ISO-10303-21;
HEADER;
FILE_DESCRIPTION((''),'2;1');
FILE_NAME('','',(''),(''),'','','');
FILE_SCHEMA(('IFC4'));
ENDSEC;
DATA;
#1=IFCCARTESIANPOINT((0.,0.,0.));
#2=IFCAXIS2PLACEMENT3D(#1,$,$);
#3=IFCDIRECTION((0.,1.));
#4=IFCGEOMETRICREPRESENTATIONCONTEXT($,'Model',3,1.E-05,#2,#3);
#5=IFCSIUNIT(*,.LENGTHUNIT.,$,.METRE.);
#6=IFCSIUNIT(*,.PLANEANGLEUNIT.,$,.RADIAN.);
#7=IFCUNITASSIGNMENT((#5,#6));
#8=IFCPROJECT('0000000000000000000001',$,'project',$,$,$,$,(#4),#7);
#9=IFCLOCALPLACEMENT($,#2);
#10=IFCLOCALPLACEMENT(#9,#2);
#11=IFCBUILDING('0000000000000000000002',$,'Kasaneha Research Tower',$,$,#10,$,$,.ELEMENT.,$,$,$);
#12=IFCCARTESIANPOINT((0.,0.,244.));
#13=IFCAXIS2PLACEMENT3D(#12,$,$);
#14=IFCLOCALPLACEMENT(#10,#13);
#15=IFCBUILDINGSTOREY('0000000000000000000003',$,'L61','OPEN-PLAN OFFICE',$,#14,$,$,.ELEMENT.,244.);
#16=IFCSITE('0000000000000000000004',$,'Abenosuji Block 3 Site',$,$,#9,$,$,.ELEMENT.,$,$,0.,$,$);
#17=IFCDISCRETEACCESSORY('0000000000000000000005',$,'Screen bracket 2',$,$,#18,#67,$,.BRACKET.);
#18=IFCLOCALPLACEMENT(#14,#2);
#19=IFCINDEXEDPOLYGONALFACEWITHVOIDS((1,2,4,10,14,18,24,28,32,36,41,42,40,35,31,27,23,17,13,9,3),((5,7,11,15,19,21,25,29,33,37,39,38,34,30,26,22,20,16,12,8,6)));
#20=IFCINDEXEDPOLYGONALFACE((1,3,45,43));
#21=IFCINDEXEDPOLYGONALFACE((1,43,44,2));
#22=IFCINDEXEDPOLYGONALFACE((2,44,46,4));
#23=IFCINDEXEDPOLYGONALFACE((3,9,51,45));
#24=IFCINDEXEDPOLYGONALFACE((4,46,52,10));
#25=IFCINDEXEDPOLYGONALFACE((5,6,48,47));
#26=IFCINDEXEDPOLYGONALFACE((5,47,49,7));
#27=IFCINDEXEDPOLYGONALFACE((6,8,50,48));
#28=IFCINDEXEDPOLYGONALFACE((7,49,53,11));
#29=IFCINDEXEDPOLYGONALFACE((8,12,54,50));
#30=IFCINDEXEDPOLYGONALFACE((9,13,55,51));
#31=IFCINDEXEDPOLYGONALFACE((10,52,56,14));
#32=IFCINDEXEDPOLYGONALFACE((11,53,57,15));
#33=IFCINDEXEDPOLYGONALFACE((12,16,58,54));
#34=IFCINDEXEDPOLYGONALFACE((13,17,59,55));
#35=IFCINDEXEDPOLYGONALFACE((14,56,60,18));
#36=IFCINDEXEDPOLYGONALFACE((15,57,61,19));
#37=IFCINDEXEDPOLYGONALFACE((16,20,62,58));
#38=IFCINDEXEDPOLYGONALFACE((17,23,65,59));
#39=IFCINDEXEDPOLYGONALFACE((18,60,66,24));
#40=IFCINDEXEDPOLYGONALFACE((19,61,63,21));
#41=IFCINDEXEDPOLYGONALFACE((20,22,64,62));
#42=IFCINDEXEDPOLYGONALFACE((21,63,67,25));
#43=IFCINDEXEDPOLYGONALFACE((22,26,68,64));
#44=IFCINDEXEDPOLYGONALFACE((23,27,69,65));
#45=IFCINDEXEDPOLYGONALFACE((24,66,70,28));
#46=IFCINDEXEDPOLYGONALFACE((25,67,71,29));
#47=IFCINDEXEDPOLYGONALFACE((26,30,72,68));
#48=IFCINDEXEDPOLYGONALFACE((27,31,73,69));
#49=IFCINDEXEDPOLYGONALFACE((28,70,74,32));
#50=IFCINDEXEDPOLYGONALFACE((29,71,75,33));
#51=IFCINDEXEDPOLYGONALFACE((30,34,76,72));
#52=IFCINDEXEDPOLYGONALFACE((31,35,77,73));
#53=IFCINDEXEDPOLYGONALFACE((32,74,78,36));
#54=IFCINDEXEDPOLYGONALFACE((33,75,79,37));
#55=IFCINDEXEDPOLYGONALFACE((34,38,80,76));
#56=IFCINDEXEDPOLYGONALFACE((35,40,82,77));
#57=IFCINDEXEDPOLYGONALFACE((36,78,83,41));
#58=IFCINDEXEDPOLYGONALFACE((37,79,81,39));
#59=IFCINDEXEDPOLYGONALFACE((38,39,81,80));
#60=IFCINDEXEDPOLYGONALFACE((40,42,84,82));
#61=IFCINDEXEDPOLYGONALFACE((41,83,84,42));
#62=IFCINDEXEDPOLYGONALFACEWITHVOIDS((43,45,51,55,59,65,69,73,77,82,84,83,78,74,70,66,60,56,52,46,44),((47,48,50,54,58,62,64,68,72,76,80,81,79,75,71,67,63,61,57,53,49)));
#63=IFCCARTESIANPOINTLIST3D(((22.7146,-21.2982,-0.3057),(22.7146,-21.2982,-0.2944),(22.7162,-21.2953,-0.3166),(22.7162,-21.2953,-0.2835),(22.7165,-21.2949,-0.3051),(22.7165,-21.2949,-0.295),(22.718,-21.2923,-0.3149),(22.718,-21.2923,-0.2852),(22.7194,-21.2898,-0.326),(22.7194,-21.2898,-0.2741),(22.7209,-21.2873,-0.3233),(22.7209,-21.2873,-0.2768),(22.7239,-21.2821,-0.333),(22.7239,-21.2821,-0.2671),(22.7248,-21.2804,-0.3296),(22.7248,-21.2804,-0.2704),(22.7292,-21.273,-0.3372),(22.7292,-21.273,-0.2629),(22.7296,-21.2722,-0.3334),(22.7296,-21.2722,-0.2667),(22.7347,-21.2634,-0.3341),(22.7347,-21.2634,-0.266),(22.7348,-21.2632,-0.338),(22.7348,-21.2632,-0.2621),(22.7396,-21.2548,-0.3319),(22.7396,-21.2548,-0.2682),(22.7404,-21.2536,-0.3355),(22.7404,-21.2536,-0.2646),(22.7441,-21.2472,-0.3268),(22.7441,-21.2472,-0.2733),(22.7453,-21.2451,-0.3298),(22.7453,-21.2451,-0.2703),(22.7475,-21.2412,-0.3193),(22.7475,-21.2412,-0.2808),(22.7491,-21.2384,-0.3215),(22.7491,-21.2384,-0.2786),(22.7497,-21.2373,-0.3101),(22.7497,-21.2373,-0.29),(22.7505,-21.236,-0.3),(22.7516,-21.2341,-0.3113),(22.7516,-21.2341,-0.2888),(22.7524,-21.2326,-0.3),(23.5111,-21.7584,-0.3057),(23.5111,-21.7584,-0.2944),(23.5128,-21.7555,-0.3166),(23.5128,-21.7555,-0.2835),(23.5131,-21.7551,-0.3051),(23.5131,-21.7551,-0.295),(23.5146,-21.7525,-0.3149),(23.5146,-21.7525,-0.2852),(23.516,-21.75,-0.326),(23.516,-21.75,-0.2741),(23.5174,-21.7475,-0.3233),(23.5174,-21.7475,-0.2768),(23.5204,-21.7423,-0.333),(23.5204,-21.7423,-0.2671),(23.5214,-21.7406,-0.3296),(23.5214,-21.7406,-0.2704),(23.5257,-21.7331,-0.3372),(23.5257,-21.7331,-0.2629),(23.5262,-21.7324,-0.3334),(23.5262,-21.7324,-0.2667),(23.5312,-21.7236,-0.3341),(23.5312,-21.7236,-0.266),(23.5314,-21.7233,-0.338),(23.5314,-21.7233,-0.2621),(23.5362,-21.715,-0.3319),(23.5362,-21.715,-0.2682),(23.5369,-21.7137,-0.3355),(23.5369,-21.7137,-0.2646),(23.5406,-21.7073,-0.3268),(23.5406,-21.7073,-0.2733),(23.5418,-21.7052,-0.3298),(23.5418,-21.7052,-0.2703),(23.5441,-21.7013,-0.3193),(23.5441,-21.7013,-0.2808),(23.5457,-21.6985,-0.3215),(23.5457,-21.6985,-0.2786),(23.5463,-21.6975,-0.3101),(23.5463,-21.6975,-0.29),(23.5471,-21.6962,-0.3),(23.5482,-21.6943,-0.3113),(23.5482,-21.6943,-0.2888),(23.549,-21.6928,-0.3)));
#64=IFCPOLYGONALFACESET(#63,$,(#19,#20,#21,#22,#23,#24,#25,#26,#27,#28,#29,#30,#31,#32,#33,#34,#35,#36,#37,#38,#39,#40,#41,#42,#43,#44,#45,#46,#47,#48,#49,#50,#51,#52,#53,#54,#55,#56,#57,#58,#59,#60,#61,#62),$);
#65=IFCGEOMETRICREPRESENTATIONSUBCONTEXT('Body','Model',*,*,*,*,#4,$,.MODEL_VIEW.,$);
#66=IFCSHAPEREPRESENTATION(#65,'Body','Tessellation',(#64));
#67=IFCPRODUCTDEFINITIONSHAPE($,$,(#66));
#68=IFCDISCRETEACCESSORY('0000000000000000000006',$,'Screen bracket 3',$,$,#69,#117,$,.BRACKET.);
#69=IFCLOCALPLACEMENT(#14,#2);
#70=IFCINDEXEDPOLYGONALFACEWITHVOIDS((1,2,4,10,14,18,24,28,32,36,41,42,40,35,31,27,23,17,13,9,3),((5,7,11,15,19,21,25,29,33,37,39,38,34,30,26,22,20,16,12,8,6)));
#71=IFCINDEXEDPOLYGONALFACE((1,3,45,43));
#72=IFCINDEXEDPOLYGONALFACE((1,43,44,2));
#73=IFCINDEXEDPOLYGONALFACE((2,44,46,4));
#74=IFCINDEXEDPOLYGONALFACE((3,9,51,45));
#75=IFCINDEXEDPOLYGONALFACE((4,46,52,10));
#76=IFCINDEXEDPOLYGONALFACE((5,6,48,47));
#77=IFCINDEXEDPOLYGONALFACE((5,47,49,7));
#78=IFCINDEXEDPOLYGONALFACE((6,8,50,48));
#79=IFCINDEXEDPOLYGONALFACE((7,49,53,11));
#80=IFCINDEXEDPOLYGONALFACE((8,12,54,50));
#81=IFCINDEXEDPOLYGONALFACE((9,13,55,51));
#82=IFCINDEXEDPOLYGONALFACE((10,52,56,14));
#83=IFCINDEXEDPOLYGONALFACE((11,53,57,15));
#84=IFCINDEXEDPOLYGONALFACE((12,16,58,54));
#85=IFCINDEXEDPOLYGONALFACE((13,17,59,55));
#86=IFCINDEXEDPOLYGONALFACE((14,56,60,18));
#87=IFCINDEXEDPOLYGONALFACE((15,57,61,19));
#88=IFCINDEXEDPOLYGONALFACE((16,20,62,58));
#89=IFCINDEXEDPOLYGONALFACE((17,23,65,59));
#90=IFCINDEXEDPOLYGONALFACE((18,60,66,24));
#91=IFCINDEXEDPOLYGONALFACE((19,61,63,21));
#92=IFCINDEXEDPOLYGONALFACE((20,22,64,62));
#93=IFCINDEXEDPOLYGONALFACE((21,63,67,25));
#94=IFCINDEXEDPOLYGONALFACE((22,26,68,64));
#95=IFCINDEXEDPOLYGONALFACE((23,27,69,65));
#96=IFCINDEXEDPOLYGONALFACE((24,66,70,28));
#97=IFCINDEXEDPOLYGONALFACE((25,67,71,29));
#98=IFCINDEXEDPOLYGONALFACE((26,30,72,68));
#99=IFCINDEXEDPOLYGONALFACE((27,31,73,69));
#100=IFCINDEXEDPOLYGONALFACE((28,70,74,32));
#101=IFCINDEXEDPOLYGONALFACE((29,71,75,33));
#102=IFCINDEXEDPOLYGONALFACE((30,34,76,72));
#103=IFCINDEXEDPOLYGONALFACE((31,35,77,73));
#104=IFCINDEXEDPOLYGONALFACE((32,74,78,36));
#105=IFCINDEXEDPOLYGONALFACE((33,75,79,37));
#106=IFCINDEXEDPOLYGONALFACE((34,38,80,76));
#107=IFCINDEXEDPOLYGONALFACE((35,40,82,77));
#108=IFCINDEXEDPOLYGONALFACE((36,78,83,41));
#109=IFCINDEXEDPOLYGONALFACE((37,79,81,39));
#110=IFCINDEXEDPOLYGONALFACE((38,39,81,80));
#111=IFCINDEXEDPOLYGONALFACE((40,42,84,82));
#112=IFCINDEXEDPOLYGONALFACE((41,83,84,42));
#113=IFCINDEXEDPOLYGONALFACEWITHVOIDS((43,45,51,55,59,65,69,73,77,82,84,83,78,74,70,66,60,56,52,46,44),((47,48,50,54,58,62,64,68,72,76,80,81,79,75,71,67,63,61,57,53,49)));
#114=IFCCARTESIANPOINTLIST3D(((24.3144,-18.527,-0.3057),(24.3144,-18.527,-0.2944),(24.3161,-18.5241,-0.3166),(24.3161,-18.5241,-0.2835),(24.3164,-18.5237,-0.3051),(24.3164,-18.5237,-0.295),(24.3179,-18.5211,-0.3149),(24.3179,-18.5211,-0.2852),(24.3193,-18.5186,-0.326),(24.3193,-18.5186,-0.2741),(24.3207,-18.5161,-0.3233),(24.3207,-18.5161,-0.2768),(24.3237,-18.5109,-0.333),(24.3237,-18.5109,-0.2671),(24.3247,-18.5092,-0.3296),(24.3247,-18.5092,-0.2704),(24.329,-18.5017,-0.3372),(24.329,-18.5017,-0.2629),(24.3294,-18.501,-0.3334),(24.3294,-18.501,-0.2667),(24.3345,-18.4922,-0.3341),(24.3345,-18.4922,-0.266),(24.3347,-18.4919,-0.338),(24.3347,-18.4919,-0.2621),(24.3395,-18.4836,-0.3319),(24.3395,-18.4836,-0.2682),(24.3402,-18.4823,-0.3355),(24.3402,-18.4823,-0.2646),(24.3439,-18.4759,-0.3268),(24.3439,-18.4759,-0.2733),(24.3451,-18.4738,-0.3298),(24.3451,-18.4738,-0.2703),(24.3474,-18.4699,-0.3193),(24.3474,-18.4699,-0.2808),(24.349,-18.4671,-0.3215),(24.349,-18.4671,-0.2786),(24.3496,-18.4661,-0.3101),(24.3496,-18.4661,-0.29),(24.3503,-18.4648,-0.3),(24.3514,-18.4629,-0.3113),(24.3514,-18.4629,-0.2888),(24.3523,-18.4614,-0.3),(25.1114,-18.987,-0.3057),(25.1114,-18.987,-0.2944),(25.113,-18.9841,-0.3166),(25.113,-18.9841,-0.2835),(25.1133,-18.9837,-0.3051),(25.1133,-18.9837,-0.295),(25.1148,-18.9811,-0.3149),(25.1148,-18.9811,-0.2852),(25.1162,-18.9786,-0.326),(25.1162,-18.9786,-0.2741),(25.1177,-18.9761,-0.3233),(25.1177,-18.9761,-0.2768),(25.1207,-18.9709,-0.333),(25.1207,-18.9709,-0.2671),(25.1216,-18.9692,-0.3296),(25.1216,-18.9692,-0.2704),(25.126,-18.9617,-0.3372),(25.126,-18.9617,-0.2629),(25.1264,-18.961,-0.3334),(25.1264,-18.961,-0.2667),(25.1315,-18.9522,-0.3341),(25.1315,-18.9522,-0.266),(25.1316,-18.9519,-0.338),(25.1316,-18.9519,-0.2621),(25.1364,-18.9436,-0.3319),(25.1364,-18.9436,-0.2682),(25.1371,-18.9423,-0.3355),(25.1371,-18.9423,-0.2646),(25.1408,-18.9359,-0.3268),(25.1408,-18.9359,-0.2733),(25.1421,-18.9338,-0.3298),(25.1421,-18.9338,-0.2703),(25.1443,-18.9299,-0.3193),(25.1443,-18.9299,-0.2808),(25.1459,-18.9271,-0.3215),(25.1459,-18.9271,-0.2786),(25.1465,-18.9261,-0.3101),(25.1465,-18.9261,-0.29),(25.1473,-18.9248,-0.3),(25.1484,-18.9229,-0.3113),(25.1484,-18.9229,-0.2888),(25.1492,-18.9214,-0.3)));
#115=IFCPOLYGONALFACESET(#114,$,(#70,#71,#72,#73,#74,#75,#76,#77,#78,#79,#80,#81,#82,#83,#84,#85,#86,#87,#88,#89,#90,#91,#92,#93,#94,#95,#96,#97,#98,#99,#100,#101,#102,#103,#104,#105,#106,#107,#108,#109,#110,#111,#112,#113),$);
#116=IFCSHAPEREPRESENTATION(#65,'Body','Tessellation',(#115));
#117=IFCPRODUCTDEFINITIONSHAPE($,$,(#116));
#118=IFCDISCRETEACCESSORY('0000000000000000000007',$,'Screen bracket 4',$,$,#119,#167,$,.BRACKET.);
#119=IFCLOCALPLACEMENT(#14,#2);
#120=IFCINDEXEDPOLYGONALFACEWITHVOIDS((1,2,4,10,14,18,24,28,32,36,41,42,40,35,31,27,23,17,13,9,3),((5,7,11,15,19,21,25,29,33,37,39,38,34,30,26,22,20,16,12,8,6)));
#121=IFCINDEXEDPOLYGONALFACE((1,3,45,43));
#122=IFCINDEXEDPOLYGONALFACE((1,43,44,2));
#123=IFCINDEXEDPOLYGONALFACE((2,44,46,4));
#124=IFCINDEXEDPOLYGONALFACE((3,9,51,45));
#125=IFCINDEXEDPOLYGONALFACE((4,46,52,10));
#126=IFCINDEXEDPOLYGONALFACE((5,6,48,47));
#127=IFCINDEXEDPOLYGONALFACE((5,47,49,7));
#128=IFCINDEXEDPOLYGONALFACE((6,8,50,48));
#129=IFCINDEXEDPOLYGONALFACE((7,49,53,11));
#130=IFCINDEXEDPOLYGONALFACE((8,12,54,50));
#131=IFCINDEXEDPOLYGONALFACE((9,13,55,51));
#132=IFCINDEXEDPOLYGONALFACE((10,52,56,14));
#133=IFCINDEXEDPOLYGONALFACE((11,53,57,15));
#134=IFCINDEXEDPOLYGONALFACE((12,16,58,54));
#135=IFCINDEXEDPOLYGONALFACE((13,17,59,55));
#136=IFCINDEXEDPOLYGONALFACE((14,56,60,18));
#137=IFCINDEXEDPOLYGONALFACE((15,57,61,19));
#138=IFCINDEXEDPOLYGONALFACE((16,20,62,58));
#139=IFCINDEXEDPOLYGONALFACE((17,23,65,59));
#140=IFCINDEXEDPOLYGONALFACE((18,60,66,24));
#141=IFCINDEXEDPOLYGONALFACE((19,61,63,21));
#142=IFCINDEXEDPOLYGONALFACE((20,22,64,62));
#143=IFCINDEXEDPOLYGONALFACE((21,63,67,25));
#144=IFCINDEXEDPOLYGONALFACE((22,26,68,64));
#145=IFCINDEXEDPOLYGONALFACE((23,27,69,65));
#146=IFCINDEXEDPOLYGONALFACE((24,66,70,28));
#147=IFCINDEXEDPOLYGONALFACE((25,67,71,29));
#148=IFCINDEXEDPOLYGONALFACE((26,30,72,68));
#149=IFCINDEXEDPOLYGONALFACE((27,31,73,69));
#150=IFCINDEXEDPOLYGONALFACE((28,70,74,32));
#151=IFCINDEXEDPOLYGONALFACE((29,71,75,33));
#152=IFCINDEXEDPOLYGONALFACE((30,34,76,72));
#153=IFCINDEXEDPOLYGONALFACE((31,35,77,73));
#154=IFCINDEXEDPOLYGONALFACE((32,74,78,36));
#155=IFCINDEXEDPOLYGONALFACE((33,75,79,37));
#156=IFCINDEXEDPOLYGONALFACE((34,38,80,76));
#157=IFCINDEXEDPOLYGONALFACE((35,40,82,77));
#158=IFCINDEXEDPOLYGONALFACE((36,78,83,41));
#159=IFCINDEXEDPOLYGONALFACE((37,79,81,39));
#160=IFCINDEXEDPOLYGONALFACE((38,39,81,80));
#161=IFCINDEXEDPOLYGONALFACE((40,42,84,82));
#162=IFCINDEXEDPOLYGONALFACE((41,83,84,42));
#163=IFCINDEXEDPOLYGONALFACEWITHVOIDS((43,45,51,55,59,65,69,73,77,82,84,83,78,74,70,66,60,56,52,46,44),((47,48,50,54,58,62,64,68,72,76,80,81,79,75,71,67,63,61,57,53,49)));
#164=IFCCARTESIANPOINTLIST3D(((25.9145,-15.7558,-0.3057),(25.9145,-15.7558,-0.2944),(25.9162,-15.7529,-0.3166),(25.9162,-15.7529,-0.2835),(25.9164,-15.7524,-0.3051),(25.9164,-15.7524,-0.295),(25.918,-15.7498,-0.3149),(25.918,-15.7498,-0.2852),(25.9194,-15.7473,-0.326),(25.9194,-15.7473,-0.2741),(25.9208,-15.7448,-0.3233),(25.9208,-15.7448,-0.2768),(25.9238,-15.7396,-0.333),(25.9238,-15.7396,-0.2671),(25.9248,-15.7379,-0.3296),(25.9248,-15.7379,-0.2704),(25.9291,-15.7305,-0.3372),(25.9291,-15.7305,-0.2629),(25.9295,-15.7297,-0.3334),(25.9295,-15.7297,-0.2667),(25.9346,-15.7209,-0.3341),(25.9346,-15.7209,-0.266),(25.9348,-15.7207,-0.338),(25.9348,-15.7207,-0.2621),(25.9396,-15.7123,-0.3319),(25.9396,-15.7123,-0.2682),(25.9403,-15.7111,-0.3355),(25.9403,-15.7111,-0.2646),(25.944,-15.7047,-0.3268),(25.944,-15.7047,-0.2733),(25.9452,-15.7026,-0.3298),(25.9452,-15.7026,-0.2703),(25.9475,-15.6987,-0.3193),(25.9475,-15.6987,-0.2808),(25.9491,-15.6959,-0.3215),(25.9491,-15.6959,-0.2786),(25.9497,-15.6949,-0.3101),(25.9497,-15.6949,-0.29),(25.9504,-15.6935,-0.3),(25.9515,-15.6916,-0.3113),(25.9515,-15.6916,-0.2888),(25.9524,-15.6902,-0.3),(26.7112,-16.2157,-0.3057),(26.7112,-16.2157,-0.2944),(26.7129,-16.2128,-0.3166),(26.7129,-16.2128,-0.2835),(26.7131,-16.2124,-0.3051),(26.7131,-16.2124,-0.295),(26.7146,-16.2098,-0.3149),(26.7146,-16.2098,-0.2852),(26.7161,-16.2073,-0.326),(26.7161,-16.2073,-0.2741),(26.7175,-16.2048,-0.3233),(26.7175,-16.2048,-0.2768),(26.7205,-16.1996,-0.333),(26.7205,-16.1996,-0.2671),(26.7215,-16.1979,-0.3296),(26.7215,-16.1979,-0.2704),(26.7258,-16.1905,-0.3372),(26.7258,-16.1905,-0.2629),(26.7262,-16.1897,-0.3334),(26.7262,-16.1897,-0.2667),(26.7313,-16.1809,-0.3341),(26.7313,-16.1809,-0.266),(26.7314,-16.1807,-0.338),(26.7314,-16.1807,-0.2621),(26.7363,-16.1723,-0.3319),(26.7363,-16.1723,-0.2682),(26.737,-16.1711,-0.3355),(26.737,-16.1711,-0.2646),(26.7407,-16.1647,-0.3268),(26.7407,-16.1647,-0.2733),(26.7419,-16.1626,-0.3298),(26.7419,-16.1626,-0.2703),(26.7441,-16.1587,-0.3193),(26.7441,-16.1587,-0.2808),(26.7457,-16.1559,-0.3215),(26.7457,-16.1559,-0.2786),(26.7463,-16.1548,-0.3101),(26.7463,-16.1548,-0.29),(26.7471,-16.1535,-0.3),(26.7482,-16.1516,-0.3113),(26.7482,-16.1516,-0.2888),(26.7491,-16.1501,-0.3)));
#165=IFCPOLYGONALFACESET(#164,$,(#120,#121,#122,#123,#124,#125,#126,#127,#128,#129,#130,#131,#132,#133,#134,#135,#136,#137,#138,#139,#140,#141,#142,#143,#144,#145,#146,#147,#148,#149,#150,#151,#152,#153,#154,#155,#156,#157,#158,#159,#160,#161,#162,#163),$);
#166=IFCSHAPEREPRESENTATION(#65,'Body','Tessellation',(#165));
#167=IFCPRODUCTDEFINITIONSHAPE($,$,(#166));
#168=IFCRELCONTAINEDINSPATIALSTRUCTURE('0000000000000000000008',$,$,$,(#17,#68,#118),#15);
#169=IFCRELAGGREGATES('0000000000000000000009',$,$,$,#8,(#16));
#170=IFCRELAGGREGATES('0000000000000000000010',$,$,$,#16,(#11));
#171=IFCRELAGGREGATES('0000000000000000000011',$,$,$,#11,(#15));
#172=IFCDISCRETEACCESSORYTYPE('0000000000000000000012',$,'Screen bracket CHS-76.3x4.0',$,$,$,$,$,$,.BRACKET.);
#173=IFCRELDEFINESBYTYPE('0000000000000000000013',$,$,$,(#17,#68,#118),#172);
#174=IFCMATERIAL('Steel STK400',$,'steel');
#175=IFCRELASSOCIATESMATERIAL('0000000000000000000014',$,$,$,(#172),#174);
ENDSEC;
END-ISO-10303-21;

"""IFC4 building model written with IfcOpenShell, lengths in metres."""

from ifc_helpers import new_model, si_unit, direction, frame, origin, origin_2d, place, context, subcontext, project, spatial, hollow_circle, extrude, material, material_profile, profile_set, type_object, element, save


model = new_model("IFC4")

# Units and contexts
model_context = context("Model", 3, precision=1e-05, world=origin(), true_north=direction((0.0, 1.0)))
body_context = subcontext(model_context, "Body", "Model", "MODEL_VIEW")
ifc_project = project(units=[si_unit("LENGTHUNIT", "METRE"), si_unit("PLANEANGLEUNIT", "RADIAN")], contexts=[model_context])

# Site, building, storey
site_placement = place(None, origin())
site = spatial("IfcSite", under=ifc_project, at=site_placement, Name="Abenosuji Block 3 Site", CompositionType="ELEMENT", RefElevation=0.0)
building_placement = place(site_placement, origin())
building = spatial("IfcBuilding", under=site, at=building_placement, Name="Kasaneha Research Tower", CompositionType="ELEMENT")
storey_placement = place(building_placement, frame((0.0, 0.0, 244.0)))
storey = spatial("IfcBuildingStorey", under=building, at=storey_placement, Name="L61", Description="OPEN-PLAN OFFICE", CompositionType="ELEMENT", Elevation=244.0)

# Discrete accessories
ifc_material_1 = material(Name="Steel STK400", Category="steel")
ifc_material_profile_1 = material_profile(ifc_material_1, hollow_circle(Radius=0.0381, WallThickness=0.0039, at=origin_2d()), Name="CHS-76.3x4.0")
ifc_profile_set_1 = profile_set([ifc_material_profile_1], Name="Steel STK400")
discrete_accessory_type = type_object("IfcDiscreteAccessoryType", Name="Screen bracket CHS-76.3x4.0", PredefinedType="BRACKET", material=ifc_profile_set_1)
discrete_accessory_1_placement = place(storey_placement, frame((22.7334, -21.2656, -0.3), z_axis=(0.865898, -0.50022, 0.0), x_axis=(0.50022, 0.865898, 0.0)))
element("IfcDiscreteAccessory", 1, at=discrete_accessory_1_placement, inside=storey, type_object=discrete_accessory_type, Name="Screen bracket 2", PredefinedType="BRACKET", context=body_context, shape_type="SweptSolid", body=[
    extrude(hollow_circle(Radius=0.0381, WallThickness=0.0039, at=origin_2d()), origin(), (0.0, 0.0, 1.0), 0.9199),
])
discrete_accessory_2_placement = place(storey_placement, frame((24.3333, -18.4944, -0.3), z_axis=(0.86608, -0.499906, 0.0), x_axis=(0.499906, 0.86608, 0.0)))
element("IfcDiscreteAccessory", 2, at=discrete_accessory_2_placement, inside=storey, type_object=discrete_accessory_type, Name="Screen bracket 3", PredefinedType="BRACKET", context=body_context, shape_type="SweptSolid", body=[
    extrude(hollow_circle(Radius=0.0381, WallThickness=0.0039, at=origin_2d()), origin(), (0.0, 0.0, 1.0), 0.9202),
])
discrete_accessory_3_placement = place(storey_placement, frame((25.9333, -15.7231, -0.3), z_axis=(0.866013, -0.500021, 0.0), x_axis=(0.500021, 0.866013, 0.0)))
element("IfcDiscreteAccessory", 3, at=discrete_accessory_3_placement, inside=storey, type_object=discrete_accessory_type, Name="Screen bracket 4", PredefinedType="BRACKET", context=body_context, shape_type="SweptSolid", body=[
    extrude(hollow_circle(Radius=0.0381, WallThickness=0.0039, at=origin_2d()), origin(), (0.0, 0.0, 1.0), 0.9199),
])

save(model, "model.ifc")
